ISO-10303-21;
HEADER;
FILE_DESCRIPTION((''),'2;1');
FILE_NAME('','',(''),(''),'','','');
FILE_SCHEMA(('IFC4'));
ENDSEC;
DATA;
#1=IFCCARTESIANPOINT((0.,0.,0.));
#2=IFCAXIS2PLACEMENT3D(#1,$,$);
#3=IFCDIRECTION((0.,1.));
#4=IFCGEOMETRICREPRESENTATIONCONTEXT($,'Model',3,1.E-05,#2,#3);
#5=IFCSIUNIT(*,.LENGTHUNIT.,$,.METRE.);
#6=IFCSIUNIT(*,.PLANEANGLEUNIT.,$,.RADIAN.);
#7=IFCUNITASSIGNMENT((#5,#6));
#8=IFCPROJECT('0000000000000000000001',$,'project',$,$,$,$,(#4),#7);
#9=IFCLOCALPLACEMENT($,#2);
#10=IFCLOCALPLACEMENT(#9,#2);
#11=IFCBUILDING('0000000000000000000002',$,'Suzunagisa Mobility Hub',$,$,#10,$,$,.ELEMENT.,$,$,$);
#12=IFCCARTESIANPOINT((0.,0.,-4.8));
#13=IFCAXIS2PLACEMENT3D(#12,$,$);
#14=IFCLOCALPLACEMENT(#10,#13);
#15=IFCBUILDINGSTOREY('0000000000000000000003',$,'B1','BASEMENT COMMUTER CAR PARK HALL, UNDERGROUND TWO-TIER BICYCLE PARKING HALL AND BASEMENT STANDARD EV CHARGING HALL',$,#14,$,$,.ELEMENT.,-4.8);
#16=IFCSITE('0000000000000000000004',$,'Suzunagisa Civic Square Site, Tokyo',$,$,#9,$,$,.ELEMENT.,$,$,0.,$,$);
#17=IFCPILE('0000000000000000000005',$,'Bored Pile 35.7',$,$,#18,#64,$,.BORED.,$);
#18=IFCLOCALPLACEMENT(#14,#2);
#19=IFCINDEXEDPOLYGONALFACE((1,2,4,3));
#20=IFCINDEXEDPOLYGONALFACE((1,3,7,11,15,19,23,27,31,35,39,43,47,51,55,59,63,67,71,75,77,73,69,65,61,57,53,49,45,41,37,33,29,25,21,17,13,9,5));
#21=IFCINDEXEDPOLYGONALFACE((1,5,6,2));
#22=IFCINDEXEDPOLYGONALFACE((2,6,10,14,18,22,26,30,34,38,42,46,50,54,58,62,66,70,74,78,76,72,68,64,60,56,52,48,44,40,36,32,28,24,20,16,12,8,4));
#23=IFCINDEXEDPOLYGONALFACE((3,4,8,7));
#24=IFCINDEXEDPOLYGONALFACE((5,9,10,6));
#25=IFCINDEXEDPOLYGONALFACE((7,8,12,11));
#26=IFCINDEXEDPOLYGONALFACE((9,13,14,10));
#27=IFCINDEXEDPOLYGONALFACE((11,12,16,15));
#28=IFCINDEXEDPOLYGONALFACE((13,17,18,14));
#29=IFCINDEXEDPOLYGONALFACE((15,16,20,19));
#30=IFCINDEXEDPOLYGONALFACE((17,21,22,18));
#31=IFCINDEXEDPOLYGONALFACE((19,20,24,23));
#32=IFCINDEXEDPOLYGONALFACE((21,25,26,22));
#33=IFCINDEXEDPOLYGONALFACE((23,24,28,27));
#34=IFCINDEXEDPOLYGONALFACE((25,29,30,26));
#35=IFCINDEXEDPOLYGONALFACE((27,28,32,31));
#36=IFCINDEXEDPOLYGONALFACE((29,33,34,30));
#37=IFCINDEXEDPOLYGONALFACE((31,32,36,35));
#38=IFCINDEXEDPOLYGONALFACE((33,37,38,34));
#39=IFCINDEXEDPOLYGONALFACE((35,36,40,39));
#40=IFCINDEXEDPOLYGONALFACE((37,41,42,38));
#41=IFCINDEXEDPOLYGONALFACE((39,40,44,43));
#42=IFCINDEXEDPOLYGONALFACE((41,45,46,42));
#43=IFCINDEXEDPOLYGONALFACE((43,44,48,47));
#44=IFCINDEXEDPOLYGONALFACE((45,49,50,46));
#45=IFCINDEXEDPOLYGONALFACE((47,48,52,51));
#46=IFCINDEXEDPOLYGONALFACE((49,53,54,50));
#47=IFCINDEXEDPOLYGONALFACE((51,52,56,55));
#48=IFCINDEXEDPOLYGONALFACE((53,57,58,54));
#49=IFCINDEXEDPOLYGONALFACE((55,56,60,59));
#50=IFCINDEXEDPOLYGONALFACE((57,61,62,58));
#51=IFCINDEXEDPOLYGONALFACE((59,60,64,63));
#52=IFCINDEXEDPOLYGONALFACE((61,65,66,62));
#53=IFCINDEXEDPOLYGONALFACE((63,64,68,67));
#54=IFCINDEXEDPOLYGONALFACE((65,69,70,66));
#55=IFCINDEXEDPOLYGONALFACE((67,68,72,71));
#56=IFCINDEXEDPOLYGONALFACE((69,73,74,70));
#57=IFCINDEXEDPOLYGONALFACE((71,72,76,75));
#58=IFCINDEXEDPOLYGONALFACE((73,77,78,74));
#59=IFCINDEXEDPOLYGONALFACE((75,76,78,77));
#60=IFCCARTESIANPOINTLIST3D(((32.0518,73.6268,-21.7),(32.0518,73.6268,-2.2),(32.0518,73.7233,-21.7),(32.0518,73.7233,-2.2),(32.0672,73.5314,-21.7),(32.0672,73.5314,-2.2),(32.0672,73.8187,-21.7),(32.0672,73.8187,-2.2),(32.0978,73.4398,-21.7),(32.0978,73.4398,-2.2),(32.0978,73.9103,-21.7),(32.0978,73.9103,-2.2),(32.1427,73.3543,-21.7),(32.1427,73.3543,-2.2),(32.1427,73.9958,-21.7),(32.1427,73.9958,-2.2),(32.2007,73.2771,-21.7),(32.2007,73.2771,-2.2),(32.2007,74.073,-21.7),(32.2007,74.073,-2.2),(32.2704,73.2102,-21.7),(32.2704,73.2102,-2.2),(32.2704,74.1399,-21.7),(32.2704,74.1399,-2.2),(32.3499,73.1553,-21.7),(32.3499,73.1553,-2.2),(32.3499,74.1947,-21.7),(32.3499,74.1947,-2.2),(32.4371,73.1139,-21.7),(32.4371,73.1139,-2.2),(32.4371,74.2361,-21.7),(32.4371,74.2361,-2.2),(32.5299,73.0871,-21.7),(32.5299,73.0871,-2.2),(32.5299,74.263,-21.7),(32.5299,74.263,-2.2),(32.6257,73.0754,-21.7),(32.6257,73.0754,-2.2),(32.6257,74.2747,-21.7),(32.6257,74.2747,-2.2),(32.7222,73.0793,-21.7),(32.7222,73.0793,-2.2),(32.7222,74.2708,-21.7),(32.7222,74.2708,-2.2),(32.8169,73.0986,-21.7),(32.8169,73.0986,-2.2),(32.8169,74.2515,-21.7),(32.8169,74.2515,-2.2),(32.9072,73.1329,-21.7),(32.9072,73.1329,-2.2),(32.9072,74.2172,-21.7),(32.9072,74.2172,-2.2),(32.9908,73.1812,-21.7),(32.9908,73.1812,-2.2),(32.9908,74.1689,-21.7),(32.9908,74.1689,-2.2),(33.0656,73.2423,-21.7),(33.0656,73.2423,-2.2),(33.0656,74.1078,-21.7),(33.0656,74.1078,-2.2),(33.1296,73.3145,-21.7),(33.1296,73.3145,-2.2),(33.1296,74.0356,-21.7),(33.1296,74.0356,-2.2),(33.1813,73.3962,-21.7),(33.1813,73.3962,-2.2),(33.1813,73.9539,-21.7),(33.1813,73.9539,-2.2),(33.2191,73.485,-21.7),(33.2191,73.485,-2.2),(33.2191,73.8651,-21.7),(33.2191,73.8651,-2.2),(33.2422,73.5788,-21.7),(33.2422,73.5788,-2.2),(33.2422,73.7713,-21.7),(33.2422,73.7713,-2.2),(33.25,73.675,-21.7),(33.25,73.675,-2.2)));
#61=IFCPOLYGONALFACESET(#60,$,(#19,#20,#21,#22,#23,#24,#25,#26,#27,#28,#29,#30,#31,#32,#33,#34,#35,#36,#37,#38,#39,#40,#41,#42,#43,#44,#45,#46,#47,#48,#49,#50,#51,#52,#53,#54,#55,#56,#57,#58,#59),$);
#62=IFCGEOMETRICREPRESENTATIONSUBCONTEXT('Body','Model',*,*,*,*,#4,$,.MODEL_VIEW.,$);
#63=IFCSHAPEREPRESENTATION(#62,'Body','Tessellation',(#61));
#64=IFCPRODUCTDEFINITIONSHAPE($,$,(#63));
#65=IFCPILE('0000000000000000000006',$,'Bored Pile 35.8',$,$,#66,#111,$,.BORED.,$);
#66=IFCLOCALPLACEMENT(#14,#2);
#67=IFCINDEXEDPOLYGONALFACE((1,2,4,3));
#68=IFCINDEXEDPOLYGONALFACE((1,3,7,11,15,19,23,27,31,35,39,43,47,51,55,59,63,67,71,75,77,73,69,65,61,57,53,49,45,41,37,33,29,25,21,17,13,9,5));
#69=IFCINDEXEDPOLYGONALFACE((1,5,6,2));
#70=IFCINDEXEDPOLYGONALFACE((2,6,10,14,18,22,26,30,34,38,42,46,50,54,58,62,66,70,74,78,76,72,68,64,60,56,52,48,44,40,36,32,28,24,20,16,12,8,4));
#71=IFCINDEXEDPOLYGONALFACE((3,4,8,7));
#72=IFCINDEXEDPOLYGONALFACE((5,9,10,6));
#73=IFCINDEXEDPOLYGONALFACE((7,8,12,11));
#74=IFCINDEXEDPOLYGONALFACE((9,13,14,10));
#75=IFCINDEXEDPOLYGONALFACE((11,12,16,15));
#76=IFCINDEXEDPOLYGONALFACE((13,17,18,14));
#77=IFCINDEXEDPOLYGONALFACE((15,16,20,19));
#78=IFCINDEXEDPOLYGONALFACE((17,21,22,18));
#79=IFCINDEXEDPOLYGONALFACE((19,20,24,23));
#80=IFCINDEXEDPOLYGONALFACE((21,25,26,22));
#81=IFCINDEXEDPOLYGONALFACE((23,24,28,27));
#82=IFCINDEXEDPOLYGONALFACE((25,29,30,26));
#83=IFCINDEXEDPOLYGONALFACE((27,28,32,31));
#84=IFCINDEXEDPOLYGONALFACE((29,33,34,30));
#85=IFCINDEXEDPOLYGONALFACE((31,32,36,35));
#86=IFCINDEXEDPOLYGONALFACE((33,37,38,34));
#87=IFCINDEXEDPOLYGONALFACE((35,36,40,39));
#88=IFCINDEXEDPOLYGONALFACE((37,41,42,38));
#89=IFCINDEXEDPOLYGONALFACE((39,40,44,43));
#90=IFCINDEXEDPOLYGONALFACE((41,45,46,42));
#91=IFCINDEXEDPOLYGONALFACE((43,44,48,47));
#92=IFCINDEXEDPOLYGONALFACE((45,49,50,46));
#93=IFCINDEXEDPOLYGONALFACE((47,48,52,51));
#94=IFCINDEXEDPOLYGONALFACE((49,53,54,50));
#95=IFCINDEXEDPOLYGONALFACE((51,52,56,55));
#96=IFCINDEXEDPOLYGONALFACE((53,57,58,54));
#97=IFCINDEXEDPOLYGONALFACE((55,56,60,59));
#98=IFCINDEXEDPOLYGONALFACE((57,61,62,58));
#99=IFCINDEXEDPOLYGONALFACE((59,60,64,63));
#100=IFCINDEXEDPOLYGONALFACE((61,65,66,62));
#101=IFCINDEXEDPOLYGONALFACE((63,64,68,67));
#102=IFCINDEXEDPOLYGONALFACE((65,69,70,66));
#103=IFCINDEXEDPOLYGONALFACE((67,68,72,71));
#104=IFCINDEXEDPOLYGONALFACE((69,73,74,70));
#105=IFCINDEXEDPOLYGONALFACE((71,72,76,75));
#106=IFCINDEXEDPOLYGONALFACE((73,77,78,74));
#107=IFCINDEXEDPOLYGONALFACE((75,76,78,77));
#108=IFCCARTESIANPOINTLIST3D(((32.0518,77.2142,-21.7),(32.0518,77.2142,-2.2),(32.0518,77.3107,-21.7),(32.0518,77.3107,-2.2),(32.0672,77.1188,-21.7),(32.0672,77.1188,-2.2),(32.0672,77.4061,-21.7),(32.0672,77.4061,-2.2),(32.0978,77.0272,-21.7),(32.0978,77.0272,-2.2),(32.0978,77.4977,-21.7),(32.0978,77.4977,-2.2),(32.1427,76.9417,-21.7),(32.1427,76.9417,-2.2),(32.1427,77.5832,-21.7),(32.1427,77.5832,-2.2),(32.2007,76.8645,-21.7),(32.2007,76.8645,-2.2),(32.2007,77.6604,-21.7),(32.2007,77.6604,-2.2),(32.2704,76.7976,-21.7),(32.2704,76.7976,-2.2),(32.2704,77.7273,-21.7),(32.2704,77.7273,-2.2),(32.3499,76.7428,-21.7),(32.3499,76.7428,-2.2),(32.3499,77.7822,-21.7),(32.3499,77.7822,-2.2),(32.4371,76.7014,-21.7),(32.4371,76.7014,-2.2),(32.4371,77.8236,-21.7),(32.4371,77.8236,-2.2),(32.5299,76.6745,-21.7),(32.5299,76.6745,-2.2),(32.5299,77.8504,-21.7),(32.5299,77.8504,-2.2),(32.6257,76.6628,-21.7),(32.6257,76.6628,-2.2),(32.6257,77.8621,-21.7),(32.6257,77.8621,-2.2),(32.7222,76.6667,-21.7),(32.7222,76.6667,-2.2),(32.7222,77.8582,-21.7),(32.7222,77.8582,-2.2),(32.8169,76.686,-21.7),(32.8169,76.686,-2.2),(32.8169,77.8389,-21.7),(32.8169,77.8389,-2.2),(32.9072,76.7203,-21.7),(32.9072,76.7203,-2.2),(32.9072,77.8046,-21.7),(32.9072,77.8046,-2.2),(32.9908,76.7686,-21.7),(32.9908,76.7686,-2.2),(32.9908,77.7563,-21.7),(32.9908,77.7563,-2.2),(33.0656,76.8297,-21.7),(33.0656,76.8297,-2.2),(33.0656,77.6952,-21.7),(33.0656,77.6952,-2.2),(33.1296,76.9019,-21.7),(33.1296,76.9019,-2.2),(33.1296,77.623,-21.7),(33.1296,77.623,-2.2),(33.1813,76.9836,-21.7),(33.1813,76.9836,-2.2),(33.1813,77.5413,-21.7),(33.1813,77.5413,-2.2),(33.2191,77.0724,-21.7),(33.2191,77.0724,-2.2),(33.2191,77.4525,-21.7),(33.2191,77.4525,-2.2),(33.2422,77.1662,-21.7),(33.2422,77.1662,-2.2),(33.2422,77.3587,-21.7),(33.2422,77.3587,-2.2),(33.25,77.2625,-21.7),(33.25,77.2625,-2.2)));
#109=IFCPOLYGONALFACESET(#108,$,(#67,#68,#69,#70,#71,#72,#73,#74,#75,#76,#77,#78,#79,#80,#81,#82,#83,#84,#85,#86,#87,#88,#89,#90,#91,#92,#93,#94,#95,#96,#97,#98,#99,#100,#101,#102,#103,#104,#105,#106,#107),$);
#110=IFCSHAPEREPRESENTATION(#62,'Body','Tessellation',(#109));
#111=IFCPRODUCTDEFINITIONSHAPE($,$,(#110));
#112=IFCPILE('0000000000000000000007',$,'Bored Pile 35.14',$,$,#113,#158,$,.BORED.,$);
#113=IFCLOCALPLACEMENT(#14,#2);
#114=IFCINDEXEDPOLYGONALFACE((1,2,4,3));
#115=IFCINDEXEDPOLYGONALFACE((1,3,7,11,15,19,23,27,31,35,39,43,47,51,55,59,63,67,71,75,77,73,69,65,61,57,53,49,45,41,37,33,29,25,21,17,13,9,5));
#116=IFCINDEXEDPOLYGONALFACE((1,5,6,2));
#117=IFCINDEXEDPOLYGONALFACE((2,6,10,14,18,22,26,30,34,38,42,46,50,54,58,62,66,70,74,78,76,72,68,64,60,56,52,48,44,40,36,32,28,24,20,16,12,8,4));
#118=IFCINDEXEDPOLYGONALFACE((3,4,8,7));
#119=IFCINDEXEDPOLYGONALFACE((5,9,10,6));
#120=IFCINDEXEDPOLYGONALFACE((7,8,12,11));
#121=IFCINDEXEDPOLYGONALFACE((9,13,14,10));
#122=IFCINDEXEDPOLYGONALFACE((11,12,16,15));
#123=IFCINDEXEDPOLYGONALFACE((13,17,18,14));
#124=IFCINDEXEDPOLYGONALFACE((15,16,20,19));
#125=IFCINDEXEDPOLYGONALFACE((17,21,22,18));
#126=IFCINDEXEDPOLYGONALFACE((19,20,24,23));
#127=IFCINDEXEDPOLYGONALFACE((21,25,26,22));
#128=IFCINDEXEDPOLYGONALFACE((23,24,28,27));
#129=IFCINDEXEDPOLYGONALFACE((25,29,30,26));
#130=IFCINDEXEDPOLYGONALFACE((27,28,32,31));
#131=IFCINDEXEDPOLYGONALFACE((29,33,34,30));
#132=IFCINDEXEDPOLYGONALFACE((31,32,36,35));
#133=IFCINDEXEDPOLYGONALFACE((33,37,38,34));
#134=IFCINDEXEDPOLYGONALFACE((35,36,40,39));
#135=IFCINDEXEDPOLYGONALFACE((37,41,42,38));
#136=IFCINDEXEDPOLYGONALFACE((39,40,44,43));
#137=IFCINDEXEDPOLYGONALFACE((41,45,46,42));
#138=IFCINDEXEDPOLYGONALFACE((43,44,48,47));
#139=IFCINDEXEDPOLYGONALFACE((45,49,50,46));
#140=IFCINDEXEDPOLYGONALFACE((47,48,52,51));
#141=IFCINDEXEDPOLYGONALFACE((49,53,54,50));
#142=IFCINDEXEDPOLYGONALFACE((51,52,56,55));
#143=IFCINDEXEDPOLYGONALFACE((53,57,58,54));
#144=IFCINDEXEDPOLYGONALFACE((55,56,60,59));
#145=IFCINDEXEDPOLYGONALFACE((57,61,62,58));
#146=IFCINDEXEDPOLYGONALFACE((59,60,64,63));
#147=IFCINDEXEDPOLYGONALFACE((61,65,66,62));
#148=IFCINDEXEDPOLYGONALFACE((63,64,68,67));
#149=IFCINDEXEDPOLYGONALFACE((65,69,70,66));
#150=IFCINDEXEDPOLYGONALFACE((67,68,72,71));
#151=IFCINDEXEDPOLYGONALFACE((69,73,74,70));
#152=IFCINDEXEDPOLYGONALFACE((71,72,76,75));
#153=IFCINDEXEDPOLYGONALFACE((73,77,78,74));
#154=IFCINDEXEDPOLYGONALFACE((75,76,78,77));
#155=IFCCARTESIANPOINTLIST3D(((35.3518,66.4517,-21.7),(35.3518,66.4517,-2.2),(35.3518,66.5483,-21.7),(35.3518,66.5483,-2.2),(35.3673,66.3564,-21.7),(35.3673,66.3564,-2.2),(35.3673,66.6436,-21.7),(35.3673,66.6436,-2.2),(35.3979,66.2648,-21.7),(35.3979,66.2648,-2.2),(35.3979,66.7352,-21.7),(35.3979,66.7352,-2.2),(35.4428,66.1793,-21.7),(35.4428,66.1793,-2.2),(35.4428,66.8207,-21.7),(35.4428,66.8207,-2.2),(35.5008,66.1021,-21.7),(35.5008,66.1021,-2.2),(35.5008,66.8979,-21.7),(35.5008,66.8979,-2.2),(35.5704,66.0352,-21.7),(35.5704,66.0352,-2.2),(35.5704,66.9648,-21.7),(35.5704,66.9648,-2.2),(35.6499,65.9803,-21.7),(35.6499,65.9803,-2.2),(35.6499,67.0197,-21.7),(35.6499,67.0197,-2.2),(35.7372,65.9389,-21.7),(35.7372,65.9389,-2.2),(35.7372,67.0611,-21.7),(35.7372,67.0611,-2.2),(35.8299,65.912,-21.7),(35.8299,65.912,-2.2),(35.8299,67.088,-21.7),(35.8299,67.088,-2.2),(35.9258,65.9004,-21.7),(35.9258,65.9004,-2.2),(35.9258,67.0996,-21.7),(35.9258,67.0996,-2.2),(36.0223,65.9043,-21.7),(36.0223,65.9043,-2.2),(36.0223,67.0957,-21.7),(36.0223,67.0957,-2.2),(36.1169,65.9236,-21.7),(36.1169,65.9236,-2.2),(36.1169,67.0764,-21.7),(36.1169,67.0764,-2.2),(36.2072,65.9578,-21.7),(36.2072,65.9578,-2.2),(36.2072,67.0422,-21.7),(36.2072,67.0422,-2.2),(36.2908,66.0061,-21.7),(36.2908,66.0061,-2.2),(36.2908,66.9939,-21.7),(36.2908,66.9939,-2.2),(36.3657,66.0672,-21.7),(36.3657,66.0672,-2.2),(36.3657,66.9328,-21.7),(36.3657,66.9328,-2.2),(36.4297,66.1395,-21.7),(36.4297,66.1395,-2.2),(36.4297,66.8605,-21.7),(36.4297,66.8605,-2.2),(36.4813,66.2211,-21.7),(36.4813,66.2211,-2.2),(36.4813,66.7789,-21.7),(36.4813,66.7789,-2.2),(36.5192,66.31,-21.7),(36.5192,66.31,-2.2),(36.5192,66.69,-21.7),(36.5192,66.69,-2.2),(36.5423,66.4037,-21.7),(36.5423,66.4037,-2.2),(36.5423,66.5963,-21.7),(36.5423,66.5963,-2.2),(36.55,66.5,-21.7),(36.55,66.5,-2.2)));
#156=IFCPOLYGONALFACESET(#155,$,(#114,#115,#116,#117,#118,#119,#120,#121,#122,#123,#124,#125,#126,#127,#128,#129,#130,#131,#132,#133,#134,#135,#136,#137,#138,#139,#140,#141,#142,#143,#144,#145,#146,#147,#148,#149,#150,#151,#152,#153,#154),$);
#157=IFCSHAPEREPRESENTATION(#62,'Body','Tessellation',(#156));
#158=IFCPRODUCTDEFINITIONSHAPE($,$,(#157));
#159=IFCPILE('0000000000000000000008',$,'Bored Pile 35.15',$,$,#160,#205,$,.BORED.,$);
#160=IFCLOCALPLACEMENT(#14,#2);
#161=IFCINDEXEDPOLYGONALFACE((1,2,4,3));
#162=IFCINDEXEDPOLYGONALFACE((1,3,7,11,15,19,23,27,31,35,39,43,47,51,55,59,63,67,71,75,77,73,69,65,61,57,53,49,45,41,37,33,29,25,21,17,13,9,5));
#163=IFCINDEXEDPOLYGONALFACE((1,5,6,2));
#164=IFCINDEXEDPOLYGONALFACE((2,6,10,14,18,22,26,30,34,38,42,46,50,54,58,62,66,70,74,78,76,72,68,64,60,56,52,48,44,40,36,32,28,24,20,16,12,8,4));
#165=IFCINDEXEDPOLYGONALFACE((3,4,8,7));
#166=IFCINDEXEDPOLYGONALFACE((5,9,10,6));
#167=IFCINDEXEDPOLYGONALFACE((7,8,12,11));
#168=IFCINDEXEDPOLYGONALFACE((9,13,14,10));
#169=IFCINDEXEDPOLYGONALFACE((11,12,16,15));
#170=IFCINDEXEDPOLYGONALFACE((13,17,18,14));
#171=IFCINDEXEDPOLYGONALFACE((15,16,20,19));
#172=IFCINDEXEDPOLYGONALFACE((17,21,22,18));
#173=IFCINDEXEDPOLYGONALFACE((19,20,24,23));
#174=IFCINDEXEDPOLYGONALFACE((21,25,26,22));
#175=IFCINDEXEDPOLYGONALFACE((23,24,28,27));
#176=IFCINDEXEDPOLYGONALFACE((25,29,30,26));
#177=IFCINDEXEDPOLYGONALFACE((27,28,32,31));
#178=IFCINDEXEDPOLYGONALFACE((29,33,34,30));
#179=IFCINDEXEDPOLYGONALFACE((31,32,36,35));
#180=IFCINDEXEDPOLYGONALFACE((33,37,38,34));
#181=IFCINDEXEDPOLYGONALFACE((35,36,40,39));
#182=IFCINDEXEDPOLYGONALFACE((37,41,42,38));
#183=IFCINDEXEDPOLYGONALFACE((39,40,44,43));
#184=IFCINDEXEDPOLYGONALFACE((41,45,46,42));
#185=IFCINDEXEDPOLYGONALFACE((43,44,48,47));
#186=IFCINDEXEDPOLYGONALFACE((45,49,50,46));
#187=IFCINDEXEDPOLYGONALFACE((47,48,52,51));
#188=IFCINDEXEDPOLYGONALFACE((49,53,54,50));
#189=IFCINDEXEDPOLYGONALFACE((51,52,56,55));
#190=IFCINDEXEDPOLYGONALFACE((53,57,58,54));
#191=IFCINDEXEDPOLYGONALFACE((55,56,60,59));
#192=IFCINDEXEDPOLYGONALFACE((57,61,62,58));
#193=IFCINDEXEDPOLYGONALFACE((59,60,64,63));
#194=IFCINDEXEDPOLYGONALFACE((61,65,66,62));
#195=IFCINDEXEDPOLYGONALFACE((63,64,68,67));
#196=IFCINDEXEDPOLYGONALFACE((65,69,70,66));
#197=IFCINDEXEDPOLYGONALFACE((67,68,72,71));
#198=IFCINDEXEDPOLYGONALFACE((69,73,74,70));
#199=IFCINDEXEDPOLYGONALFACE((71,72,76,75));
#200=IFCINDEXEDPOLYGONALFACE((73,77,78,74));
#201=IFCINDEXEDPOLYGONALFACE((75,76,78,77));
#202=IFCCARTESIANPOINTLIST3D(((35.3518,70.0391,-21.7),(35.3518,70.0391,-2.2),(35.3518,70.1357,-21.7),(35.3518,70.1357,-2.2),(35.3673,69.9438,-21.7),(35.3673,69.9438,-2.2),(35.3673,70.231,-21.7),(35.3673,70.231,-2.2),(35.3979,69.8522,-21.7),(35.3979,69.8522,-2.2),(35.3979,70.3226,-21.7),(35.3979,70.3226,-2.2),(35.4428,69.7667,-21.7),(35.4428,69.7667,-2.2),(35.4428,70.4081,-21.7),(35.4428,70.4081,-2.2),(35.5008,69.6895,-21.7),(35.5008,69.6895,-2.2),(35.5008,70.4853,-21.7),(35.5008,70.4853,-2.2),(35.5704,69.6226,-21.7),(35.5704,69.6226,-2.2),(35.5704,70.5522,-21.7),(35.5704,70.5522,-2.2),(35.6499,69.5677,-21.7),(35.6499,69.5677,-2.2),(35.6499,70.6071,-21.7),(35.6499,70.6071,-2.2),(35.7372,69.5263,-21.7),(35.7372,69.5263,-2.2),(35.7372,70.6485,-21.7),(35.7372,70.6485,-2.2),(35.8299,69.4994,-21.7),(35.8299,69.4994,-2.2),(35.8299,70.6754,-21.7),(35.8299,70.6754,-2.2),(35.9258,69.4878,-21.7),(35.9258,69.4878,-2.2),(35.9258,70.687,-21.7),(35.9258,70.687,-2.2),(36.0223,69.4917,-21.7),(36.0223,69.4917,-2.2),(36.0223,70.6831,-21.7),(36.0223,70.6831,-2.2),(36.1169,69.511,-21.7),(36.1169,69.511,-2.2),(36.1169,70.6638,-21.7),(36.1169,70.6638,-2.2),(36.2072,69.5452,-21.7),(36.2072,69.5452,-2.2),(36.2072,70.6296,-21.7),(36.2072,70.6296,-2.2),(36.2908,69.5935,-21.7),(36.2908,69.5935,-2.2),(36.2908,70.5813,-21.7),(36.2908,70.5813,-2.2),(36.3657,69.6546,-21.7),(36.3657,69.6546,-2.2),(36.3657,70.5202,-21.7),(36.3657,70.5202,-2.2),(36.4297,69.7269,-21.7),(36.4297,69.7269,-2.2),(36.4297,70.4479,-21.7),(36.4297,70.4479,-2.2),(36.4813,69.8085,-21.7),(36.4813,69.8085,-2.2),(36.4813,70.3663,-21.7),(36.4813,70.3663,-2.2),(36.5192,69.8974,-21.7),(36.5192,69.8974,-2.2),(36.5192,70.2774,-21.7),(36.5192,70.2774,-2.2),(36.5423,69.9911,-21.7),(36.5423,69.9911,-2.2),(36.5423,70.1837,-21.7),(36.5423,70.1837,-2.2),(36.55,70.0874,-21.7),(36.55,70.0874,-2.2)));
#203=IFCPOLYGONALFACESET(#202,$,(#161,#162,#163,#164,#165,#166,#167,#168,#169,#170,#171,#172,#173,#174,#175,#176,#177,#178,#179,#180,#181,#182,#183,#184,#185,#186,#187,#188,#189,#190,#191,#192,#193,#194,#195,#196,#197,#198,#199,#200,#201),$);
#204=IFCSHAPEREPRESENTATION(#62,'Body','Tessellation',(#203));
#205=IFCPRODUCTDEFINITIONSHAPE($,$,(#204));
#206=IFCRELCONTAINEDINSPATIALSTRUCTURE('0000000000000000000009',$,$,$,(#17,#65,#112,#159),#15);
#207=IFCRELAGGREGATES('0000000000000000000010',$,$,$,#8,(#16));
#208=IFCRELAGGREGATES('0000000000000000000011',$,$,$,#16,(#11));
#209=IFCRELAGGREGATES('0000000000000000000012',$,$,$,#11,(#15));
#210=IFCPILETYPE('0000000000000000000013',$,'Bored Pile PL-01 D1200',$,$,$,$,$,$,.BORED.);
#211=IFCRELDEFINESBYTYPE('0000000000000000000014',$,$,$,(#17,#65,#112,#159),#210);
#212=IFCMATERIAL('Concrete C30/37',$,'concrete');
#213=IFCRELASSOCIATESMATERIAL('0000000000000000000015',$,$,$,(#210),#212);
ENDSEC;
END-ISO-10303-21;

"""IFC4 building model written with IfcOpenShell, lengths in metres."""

from ifc_helpers import new_model, si_unit, direction, frame, origin, origin_2d, place, context, subcontext, project, spatial, circle, extrude, material, material_profile, profile_set, type_object, element, save


model = new_model("IFC4")

# Units and contexts
model_context = context("Model", 3, precision=1e-05, world=origin(), true_north=direction((0.0, 1.0)))
body_context = subcontext(model_context, "Body", "Model", "MODEL_VIEW")
ifc_project = project(units=[si_unit("LENGTHUNIT", "METRE"), si_unit("PLANEANGLEUNIT", "RADIAN")], contexts=[model_context])

# Site, building, storey
site_placement = place(None, origin())
site = spatial("IfcSite", under=ifc_project, at=site_placement, Name="Suzunagisa Civic Square Site, Tokyo", CompositionType="ELEMENT", RefElevation=0.0)
building_placement = place(site_placement, origin())
building = spatial("IfcBuilding", under=site, at=building_placement, Name="Suzunagisa Mobility Hub", CompositionType="ELEMENT")
storey_placement = place(building_placement, frame((0.0, 0.0, -4.8)))
storey = spatial("IfcBuildingStorey", under=building, at=storey_placement, Name="B1", Description="BASEMENT COMMUTER CAR PARK HALL, UNDERGROUND TWO-TIER BICYCLE PARKING HALL AND BASEMENT STANDARD EV CHARGING HALL", CompositionType="ELEMENT", Elevation=-4.8)

# Piles
ifc_material_1 = material(Name="Concrete C30/37", Category="concrete")
ifc_material_profile_1 = material_profile(ifc_material_1, circle(Radius=0.6001, at=origin_2d()), Name="BORED PILE D1200")
ifc_profile_set_1 = profile_set([ifc_material_profile_1], Name="Concrete C30/37")
pile_type_1 = type_object("IfcPileType", Name="Bored Pile PL-01 D1200", PredefinedType="BORED", material=ifc_profile_set_1)
for number, where, z_axis, x_axis, name in (
    (1, (32.6499, 73.675, -2.2), (0.0, 0.0, -1.0), (1.0, 0.0, 0.0), "Bored Pile 35.7"),
    (2, (32.6499, 77.2625, -2.2), (0.0, 0.0, -1.0), (1.0, 0.0, 0.0), "Bored Pile 35.8"),
    (3, (35.95, 66.5, -2.2), (0.0, 0.0, -1.0), (1.0, 0.0, 0.0), "Bored Pile 35.14"),
    (4, (35.95, 70.0874, -2.2), (0.0, 0.0, -1.0), (1.0, 0.0, 0.0), "Bored Pile 35.15"),
):
    element("IfcPile", number, at=place(storey_placement, frame(where, z_axis=z_axis, x_axis=x_axis)), inside=storey, type_object=pile_type_1, Name=name, PredefinedType="BORED", context=body_context, shape_type="SweptSolid", body=[
        extrude(circle(Radius=0.6001, at=origin_2d()), origin(), (0.0, 0.0, 1.0), 19.5),
    ])

save(model, "model.ifc")
